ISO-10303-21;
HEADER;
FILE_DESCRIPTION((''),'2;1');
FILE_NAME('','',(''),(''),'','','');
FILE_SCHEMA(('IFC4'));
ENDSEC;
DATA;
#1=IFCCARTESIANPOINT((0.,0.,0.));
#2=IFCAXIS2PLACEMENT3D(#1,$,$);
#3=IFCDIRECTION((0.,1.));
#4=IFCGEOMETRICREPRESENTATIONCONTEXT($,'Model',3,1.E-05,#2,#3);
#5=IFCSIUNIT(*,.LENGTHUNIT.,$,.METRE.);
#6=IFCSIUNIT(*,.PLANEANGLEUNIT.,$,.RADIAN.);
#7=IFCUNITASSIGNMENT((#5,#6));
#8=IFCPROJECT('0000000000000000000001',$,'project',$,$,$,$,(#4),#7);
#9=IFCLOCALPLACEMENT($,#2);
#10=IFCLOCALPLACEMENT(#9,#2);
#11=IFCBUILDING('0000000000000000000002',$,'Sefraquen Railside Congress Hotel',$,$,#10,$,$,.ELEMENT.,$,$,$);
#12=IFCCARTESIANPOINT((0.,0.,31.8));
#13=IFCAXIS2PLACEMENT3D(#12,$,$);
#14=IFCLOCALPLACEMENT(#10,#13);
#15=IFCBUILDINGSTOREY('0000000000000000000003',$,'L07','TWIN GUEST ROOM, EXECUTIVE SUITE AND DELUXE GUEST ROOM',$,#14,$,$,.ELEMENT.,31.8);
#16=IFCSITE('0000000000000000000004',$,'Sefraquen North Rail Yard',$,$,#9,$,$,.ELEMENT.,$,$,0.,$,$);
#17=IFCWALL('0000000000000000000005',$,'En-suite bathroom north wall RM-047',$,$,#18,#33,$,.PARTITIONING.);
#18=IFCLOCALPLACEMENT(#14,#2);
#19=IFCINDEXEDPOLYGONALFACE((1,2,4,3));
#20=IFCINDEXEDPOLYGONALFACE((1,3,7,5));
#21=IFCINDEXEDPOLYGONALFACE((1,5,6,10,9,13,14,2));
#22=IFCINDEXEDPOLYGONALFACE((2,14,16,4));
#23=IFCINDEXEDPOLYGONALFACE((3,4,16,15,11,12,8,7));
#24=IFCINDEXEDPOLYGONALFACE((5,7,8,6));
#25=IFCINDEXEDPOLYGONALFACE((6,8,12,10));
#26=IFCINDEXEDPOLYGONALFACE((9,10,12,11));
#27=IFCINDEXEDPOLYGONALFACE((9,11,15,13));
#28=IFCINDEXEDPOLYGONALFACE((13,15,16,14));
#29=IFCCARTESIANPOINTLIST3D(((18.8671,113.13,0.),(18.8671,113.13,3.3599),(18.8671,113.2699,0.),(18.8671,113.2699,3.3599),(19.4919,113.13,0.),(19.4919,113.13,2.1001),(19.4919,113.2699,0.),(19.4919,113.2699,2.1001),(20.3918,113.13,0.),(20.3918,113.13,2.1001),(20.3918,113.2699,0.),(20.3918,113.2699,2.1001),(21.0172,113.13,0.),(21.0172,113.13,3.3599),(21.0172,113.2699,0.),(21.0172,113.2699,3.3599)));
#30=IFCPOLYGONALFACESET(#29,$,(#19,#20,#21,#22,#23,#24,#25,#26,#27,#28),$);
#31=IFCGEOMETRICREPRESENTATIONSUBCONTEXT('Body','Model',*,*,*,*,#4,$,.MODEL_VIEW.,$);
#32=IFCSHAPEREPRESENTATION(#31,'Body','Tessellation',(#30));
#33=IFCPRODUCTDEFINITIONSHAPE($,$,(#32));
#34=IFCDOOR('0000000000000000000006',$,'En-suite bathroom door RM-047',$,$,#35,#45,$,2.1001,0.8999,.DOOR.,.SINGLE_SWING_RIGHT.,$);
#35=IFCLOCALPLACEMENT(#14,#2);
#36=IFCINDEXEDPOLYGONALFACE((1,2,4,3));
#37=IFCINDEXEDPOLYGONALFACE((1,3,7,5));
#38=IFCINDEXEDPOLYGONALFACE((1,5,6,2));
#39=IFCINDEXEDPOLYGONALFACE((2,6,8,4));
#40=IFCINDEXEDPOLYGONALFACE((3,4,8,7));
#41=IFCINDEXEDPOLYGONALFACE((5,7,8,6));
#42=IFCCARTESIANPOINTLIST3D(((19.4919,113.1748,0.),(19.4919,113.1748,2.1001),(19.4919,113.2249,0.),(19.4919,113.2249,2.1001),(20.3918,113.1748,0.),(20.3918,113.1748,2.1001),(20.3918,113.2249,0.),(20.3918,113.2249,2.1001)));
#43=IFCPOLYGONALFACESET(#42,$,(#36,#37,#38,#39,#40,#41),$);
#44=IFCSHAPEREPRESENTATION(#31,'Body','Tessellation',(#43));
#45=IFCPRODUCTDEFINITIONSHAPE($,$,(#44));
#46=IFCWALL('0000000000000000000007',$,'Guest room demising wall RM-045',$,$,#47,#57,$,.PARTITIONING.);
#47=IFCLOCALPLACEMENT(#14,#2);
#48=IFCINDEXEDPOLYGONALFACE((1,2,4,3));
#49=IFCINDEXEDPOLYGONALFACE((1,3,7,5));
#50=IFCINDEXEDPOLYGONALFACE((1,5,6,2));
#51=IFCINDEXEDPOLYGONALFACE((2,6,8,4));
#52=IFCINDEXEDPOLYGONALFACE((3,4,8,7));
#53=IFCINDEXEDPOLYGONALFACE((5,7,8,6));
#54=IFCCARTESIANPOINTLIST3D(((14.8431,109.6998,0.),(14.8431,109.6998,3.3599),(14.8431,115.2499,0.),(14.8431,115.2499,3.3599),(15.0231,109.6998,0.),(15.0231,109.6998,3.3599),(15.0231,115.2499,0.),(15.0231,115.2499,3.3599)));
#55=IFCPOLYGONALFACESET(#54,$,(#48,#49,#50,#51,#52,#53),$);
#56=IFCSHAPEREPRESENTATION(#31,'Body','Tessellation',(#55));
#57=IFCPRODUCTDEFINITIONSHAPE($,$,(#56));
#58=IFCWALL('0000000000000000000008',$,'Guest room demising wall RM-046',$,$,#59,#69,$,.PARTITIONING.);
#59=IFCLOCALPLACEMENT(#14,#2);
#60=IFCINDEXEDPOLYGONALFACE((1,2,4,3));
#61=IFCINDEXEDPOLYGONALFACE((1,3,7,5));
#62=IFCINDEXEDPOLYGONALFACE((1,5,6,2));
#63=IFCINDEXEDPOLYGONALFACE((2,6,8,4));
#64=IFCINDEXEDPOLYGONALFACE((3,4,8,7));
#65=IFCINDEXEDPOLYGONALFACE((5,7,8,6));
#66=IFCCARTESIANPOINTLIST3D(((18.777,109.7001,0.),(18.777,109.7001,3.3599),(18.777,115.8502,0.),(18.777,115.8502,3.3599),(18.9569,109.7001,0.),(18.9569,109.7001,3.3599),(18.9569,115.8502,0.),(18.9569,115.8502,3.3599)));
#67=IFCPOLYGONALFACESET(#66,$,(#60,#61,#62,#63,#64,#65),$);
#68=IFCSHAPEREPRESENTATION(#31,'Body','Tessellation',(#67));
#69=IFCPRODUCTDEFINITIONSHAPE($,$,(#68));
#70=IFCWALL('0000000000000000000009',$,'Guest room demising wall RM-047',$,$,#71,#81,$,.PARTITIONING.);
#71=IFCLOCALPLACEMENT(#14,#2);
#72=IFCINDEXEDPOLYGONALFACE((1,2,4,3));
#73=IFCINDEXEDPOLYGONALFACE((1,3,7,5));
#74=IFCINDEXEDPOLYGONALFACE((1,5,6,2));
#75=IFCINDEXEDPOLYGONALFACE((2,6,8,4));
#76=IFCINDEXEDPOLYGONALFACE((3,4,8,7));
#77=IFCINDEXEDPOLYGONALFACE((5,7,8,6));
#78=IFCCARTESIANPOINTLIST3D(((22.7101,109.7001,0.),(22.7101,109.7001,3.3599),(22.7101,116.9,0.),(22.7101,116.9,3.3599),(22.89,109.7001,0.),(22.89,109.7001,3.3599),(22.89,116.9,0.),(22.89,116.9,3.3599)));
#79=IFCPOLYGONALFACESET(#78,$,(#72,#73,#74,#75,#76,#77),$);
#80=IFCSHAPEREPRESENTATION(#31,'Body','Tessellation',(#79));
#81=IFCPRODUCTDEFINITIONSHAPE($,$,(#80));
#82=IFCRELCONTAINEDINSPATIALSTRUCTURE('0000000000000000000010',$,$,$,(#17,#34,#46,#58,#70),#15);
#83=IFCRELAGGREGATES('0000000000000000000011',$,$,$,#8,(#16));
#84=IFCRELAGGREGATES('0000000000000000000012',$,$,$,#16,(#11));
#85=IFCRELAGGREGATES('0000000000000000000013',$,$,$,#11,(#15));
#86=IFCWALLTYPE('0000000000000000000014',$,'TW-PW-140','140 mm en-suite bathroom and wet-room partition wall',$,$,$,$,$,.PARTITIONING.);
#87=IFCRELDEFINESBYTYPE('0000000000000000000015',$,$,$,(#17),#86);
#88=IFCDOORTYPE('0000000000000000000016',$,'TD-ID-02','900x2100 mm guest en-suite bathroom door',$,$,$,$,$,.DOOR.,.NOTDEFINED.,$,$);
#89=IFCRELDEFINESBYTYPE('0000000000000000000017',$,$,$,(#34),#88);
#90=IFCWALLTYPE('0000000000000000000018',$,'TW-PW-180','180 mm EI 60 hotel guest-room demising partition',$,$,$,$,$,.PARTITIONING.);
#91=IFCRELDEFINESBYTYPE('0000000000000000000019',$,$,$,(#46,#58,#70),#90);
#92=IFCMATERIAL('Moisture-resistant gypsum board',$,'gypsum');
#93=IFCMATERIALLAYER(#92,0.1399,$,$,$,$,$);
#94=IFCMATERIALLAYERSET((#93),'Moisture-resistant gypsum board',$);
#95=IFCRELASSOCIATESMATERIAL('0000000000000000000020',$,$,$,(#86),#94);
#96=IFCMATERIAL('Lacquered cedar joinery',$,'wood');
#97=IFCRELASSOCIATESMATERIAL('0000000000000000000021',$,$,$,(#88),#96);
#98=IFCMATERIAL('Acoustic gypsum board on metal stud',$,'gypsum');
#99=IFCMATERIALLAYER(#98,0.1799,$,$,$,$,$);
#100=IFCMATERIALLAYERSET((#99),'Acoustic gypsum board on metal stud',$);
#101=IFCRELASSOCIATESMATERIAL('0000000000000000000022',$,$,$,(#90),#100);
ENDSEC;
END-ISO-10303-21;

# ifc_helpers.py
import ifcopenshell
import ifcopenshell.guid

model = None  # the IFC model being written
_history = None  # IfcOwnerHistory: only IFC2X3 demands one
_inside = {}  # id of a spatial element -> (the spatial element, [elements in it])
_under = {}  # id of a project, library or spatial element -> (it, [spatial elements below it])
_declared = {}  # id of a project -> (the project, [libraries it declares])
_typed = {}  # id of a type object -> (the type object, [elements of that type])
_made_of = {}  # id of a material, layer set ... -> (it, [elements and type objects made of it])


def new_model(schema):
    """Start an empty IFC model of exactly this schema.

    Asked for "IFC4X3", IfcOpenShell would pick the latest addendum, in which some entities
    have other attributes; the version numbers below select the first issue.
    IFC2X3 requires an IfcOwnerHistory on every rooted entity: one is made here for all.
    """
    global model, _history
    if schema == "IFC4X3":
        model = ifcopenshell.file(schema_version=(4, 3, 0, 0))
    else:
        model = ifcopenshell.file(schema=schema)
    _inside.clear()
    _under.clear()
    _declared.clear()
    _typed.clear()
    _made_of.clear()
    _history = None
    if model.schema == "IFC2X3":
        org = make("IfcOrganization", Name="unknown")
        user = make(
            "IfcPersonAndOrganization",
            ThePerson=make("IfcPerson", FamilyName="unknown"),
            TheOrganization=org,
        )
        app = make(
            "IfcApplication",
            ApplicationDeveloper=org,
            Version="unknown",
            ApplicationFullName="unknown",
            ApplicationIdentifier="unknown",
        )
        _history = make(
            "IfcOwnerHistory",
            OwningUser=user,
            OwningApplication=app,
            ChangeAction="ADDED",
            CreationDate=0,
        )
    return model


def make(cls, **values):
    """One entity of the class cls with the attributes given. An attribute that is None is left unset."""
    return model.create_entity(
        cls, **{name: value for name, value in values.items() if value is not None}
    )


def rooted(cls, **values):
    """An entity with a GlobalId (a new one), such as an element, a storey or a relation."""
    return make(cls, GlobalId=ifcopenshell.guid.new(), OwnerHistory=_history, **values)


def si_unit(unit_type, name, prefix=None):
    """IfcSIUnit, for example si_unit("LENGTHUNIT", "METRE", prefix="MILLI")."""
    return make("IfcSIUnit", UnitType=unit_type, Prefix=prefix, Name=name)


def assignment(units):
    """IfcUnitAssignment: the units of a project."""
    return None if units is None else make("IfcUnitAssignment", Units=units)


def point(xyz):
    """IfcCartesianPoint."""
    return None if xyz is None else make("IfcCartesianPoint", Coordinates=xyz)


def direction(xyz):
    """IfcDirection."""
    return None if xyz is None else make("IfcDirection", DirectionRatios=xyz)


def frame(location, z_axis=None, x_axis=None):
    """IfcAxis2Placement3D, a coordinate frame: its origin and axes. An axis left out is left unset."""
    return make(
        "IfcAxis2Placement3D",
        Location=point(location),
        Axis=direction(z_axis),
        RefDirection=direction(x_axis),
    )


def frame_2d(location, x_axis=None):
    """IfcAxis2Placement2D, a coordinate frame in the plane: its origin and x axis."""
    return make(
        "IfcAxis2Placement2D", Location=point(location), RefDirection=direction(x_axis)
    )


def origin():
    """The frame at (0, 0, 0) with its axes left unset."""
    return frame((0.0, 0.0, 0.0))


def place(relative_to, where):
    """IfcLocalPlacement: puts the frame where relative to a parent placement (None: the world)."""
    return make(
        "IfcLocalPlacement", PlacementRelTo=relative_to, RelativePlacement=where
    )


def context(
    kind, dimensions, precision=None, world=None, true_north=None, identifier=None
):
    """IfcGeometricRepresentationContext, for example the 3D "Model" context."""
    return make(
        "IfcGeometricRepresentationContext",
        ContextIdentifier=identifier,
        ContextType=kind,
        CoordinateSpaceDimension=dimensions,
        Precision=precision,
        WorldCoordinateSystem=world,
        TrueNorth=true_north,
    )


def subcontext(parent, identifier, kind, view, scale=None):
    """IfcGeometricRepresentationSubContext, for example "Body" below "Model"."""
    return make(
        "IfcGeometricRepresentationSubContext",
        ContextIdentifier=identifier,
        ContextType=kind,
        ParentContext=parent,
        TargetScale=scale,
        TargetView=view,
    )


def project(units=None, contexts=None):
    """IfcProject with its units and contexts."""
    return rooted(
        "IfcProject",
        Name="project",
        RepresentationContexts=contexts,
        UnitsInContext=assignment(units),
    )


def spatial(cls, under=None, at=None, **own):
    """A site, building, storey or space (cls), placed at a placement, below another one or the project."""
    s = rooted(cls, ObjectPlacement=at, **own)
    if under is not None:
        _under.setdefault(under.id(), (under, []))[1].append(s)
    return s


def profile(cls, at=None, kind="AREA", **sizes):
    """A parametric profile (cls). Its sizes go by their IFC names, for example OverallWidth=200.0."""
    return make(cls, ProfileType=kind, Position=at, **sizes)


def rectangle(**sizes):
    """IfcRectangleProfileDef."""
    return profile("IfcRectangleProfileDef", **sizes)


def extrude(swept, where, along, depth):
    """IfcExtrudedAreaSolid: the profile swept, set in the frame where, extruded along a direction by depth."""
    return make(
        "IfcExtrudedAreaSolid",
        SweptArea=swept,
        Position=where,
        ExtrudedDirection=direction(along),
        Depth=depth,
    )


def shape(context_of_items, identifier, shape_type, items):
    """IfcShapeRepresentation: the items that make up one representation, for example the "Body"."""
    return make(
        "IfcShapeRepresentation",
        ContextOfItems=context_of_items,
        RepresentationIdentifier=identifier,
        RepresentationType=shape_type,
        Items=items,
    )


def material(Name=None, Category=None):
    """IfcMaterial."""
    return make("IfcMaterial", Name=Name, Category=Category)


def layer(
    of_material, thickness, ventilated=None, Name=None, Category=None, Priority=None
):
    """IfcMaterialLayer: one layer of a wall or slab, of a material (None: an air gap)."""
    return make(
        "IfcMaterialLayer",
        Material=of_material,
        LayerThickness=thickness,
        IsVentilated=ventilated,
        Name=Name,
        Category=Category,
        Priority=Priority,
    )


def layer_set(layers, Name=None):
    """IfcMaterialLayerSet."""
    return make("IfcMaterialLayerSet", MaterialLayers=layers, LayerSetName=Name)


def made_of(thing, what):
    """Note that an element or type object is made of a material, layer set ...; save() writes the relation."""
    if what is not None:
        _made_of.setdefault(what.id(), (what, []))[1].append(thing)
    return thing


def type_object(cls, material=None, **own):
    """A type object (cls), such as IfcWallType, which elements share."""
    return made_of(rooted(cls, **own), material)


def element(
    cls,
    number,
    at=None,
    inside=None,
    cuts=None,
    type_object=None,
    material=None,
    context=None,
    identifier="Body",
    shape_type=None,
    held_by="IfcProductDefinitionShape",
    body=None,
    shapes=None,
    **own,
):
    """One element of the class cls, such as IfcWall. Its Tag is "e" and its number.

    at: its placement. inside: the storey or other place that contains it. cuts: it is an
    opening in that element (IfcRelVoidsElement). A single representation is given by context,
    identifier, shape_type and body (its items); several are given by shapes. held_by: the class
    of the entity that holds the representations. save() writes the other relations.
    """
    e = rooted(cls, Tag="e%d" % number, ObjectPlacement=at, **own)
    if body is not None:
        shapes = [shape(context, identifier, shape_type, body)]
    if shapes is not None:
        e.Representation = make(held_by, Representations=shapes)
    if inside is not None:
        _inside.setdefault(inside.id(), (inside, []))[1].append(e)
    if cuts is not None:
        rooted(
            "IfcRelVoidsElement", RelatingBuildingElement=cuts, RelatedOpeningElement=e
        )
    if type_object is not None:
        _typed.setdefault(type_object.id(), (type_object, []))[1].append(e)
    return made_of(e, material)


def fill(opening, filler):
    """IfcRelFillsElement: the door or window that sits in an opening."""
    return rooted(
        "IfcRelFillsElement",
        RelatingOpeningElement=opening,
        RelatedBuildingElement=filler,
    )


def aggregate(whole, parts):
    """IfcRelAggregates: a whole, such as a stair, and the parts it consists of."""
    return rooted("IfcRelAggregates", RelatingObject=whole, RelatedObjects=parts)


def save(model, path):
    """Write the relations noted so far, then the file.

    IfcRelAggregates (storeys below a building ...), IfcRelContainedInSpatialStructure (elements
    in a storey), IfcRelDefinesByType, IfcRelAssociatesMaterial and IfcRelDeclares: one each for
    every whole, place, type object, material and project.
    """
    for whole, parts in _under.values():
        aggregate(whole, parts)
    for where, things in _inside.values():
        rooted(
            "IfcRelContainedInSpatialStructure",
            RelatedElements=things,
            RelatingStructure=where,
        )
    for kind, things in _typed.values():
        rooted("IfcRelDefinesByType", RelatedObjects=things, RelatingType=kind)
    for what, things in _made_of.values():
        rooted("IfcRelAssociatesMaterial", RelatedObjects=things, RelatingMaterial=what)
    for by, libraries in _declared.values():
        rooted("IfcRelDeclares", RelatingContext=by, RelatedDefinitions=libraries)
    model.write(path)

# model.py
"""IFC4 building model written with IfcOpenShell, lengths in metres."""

from ifc_helpers import new_model, si_unit, direction, frame, frame_2d, origin, place, context, subcontext, project, spatial, rectangle, extrude, material, layer, layer_set, type_object, element, fill, save


model = new_model("IFC4")

# Units and contexts
model_context = context("Model", 3, precision=1e-05, world=origin(), true_north=direction((0.0, 1.0)))
body_context = subcontext(model_context, "Body", "Model", "MODEL_VIEW")
ifc_project = project(units=[si_unit("LENGTHUNIT", "METRE"), si_unit("PLANEANGLEUNIT", "RADIAN")], contexts=[model_context])

# Site, building, storey
site_placement = place(None, origin())
site = spatial("IfcSite", under=ifc_project, at=site_placement, Name="Sefraquen North Rail Yard", CompositionType="ELEMENT", RefElevation=0.0)
building_placement = place(site_placement, origin())
building = spatial("IfcBuilding", under=site, at=building_placement, Name="Sefraquen Railside Congress Hotel", CompositionType="ELEMENT")
storey_placement = place(building_placement, frame((0.0, 0.0, 31.8)))
storey = spatial("IfcBuildingStorey", under=building, at=storey_placement, Name="L07", Description="TWIN GUEST ROOM, EXECUTIVE SUITE AND DELUXE GUEST ROOM", CompositionType="ELEMENT", Elevation=31.8)

# Shared definitions
ifc_material_1 = material(Name="Moisture-resistant gypsum board", Category="gypsum")
ifc_layer_1 = layer(ifc_material_1, 0.1399)
ifc_layer_set_1 = layer_set([ifc_layer_1], Name="Moisture-resistant gypsum board")
wall_type_1 = type_object("IfcWallType", Name="TW-PW-140", Description="140 mm en-suite bathroom and wet-room partition wall", PredefinedType="PARTITIONING", material=ifc_layer_set_1)
ifc_material_2 = material(Name="Lacquered cedar joinery", Category="wood")

# Shared definitions
door_type_1 = type_object("IfcDoorType", Name="TD-ID-02", Description="900x2100 mm guest en-suite bathroom door", OperationType="NOTDEFINED", PredefinedType="DOOR", material=ifc_material_2)

# Wall, opening, door
wall_1_placement = place(storey_placement, frame((18.8669, 113.2, 0.0), z_axis=(0.0, 0.0, 1.0), x_axis=(1.0, 0.0, 0.0)))
wall_1 = element("IfcWall", 1, at=wall_1_placement, inside=storey, type_object=wall_type_1, Name="En-suite bathroom north wall RM-047", PredefinedType="PARTITIONING", context=body_context, shape_type="SweptSolid", body=[
    extrude(rectangle(XDim=2.1501, YDim=0.1399, at=frame_2d((1.0752, 0.0))), origin(), (0.0, 0.0, 1.0), 3.3599),
])
opening_1_placement = place(wall_1_placement, frame((0.625, 0.0, 0.0)))
opening_1 = element("IfcOpeningElement", 2, at=opening_1_placement, cuts=wall_1, PredefinedType="OPENING", context=body_context, shape_type="SweptSolid", body=[
    extrude(rectangle(XDim=0.8999, YDim=2.1001, at=frame_2d((0.45, 1.05))), frame((0.0, 0.0798, 0.0), z_axis=(0.0, -1.0, 0.0), x_axis=(1.0, 0.0, 0.0)), (0.0, 0.0, 1.0), 0.1599),
])
door_1_placement = place(opening_1_placement, origin())
door_1 = element("IfcDoor", 3, at=door_1_placement, inside=storey, type_object=door_type_1, Name="En-suite bathroom door RM-047", OperationType="SINGLE_SWING_RIGHT", OverallHeight=2.1001, OverallWidth=0.8999, PredefinedType="DOOR", context=body_context, shape_type="SweptSolid", body=[
    extrude(rectangle(XDim=0.8999, YDim=2.1001, at=frame_2d((0.45, 1.05))), frame((0.0, 0.0249, 0.0), z_axis=(0.0, -1.0, 0.0), x_axis=(1.0, 0.0, 0.0)), (0.0, 0.0, 1.0), 0.05),
])
fill(opening_1, door_1)

# Walls
ifc_material_3 = material(Name="Acoustic gypsum board on metal stud", Category="gypsum")
ifc_layer_2 = layer(ifc_material_3, 0.1799)
ifc_layer_set_2 = layer_set([ifc_layer_2], Name="Acoustic gypsum board on metal stud")
wall_type_2 = type_object("IfcWallType", Name="TW-PW-180", Description="180 mm EI 60 hotel guest-room demising partition", PredefinedType="PARTITIONING", material=ifc_layer_set_2)
wall_2_placement = place(storey_placement, frame((14.9331, 109.7, 0.0), z_axis=(0.0, 0.0, 1.0), x_axis=(0.0, 1.0, 0.0)))
element("IfcWall", 4, at=wall_2_placement, inside=storey, type_object=wall_type_2, Name="Guest room demising wall RM-045", PredefinedType="PARTITIONING", context=body_context, shape_type="SweptSolid", body=[
    extrude(rectangle(XDim=5.55, YDim=0.1799, at=frame_2d((2.7749, 0.0))), origin(), (0.0, 0.0, 1.0), 3.3599),
])
wall_3_placement = place(storey_placement, frame((18.8669, 109.7, 0.0), z_axis=(0.0, 0.0, 1.0), x_axis=(0.0, 1.0, 0.0)))
element("IfcWall", 5, at=wall_3_placement, inside=storey, type_object=wall_type_2, Name="Guest room demising wall RM-046", PredefinedType="PARTITIONING", context=body_context, shape_type="SweptSolid", body=[
    extrude(rectangle(XDim=6.1501, YDim=0.1799, at=frame_2d((3.0752, 0.0))), origin(), (0.0, 0.0, 1.0), 3.3599),
])
wall_4_placement = place(storey_placement, frame((22.8, 109.7, 0.0), z_axis=(0.0, 0.0, 1.0), x_axis=(0.0, 1.0, 0.0)))
element("IfcWall", 6, at=wall_4_placement, inside=storey, type_object=wall_type_2, Name="Guest room demising wall RM-047", PredefinedType="PARTITIONING", context=body_context, shape_type="SweptSolid", body=[
    extrude(rectangle(XDim=7.2, YDim=0.1799, at=frame_2d((3.6001, 0.0))), origin(), (0.0, 0.0, 1.0), 3.3599),
])

save(model, "model.ifc")
